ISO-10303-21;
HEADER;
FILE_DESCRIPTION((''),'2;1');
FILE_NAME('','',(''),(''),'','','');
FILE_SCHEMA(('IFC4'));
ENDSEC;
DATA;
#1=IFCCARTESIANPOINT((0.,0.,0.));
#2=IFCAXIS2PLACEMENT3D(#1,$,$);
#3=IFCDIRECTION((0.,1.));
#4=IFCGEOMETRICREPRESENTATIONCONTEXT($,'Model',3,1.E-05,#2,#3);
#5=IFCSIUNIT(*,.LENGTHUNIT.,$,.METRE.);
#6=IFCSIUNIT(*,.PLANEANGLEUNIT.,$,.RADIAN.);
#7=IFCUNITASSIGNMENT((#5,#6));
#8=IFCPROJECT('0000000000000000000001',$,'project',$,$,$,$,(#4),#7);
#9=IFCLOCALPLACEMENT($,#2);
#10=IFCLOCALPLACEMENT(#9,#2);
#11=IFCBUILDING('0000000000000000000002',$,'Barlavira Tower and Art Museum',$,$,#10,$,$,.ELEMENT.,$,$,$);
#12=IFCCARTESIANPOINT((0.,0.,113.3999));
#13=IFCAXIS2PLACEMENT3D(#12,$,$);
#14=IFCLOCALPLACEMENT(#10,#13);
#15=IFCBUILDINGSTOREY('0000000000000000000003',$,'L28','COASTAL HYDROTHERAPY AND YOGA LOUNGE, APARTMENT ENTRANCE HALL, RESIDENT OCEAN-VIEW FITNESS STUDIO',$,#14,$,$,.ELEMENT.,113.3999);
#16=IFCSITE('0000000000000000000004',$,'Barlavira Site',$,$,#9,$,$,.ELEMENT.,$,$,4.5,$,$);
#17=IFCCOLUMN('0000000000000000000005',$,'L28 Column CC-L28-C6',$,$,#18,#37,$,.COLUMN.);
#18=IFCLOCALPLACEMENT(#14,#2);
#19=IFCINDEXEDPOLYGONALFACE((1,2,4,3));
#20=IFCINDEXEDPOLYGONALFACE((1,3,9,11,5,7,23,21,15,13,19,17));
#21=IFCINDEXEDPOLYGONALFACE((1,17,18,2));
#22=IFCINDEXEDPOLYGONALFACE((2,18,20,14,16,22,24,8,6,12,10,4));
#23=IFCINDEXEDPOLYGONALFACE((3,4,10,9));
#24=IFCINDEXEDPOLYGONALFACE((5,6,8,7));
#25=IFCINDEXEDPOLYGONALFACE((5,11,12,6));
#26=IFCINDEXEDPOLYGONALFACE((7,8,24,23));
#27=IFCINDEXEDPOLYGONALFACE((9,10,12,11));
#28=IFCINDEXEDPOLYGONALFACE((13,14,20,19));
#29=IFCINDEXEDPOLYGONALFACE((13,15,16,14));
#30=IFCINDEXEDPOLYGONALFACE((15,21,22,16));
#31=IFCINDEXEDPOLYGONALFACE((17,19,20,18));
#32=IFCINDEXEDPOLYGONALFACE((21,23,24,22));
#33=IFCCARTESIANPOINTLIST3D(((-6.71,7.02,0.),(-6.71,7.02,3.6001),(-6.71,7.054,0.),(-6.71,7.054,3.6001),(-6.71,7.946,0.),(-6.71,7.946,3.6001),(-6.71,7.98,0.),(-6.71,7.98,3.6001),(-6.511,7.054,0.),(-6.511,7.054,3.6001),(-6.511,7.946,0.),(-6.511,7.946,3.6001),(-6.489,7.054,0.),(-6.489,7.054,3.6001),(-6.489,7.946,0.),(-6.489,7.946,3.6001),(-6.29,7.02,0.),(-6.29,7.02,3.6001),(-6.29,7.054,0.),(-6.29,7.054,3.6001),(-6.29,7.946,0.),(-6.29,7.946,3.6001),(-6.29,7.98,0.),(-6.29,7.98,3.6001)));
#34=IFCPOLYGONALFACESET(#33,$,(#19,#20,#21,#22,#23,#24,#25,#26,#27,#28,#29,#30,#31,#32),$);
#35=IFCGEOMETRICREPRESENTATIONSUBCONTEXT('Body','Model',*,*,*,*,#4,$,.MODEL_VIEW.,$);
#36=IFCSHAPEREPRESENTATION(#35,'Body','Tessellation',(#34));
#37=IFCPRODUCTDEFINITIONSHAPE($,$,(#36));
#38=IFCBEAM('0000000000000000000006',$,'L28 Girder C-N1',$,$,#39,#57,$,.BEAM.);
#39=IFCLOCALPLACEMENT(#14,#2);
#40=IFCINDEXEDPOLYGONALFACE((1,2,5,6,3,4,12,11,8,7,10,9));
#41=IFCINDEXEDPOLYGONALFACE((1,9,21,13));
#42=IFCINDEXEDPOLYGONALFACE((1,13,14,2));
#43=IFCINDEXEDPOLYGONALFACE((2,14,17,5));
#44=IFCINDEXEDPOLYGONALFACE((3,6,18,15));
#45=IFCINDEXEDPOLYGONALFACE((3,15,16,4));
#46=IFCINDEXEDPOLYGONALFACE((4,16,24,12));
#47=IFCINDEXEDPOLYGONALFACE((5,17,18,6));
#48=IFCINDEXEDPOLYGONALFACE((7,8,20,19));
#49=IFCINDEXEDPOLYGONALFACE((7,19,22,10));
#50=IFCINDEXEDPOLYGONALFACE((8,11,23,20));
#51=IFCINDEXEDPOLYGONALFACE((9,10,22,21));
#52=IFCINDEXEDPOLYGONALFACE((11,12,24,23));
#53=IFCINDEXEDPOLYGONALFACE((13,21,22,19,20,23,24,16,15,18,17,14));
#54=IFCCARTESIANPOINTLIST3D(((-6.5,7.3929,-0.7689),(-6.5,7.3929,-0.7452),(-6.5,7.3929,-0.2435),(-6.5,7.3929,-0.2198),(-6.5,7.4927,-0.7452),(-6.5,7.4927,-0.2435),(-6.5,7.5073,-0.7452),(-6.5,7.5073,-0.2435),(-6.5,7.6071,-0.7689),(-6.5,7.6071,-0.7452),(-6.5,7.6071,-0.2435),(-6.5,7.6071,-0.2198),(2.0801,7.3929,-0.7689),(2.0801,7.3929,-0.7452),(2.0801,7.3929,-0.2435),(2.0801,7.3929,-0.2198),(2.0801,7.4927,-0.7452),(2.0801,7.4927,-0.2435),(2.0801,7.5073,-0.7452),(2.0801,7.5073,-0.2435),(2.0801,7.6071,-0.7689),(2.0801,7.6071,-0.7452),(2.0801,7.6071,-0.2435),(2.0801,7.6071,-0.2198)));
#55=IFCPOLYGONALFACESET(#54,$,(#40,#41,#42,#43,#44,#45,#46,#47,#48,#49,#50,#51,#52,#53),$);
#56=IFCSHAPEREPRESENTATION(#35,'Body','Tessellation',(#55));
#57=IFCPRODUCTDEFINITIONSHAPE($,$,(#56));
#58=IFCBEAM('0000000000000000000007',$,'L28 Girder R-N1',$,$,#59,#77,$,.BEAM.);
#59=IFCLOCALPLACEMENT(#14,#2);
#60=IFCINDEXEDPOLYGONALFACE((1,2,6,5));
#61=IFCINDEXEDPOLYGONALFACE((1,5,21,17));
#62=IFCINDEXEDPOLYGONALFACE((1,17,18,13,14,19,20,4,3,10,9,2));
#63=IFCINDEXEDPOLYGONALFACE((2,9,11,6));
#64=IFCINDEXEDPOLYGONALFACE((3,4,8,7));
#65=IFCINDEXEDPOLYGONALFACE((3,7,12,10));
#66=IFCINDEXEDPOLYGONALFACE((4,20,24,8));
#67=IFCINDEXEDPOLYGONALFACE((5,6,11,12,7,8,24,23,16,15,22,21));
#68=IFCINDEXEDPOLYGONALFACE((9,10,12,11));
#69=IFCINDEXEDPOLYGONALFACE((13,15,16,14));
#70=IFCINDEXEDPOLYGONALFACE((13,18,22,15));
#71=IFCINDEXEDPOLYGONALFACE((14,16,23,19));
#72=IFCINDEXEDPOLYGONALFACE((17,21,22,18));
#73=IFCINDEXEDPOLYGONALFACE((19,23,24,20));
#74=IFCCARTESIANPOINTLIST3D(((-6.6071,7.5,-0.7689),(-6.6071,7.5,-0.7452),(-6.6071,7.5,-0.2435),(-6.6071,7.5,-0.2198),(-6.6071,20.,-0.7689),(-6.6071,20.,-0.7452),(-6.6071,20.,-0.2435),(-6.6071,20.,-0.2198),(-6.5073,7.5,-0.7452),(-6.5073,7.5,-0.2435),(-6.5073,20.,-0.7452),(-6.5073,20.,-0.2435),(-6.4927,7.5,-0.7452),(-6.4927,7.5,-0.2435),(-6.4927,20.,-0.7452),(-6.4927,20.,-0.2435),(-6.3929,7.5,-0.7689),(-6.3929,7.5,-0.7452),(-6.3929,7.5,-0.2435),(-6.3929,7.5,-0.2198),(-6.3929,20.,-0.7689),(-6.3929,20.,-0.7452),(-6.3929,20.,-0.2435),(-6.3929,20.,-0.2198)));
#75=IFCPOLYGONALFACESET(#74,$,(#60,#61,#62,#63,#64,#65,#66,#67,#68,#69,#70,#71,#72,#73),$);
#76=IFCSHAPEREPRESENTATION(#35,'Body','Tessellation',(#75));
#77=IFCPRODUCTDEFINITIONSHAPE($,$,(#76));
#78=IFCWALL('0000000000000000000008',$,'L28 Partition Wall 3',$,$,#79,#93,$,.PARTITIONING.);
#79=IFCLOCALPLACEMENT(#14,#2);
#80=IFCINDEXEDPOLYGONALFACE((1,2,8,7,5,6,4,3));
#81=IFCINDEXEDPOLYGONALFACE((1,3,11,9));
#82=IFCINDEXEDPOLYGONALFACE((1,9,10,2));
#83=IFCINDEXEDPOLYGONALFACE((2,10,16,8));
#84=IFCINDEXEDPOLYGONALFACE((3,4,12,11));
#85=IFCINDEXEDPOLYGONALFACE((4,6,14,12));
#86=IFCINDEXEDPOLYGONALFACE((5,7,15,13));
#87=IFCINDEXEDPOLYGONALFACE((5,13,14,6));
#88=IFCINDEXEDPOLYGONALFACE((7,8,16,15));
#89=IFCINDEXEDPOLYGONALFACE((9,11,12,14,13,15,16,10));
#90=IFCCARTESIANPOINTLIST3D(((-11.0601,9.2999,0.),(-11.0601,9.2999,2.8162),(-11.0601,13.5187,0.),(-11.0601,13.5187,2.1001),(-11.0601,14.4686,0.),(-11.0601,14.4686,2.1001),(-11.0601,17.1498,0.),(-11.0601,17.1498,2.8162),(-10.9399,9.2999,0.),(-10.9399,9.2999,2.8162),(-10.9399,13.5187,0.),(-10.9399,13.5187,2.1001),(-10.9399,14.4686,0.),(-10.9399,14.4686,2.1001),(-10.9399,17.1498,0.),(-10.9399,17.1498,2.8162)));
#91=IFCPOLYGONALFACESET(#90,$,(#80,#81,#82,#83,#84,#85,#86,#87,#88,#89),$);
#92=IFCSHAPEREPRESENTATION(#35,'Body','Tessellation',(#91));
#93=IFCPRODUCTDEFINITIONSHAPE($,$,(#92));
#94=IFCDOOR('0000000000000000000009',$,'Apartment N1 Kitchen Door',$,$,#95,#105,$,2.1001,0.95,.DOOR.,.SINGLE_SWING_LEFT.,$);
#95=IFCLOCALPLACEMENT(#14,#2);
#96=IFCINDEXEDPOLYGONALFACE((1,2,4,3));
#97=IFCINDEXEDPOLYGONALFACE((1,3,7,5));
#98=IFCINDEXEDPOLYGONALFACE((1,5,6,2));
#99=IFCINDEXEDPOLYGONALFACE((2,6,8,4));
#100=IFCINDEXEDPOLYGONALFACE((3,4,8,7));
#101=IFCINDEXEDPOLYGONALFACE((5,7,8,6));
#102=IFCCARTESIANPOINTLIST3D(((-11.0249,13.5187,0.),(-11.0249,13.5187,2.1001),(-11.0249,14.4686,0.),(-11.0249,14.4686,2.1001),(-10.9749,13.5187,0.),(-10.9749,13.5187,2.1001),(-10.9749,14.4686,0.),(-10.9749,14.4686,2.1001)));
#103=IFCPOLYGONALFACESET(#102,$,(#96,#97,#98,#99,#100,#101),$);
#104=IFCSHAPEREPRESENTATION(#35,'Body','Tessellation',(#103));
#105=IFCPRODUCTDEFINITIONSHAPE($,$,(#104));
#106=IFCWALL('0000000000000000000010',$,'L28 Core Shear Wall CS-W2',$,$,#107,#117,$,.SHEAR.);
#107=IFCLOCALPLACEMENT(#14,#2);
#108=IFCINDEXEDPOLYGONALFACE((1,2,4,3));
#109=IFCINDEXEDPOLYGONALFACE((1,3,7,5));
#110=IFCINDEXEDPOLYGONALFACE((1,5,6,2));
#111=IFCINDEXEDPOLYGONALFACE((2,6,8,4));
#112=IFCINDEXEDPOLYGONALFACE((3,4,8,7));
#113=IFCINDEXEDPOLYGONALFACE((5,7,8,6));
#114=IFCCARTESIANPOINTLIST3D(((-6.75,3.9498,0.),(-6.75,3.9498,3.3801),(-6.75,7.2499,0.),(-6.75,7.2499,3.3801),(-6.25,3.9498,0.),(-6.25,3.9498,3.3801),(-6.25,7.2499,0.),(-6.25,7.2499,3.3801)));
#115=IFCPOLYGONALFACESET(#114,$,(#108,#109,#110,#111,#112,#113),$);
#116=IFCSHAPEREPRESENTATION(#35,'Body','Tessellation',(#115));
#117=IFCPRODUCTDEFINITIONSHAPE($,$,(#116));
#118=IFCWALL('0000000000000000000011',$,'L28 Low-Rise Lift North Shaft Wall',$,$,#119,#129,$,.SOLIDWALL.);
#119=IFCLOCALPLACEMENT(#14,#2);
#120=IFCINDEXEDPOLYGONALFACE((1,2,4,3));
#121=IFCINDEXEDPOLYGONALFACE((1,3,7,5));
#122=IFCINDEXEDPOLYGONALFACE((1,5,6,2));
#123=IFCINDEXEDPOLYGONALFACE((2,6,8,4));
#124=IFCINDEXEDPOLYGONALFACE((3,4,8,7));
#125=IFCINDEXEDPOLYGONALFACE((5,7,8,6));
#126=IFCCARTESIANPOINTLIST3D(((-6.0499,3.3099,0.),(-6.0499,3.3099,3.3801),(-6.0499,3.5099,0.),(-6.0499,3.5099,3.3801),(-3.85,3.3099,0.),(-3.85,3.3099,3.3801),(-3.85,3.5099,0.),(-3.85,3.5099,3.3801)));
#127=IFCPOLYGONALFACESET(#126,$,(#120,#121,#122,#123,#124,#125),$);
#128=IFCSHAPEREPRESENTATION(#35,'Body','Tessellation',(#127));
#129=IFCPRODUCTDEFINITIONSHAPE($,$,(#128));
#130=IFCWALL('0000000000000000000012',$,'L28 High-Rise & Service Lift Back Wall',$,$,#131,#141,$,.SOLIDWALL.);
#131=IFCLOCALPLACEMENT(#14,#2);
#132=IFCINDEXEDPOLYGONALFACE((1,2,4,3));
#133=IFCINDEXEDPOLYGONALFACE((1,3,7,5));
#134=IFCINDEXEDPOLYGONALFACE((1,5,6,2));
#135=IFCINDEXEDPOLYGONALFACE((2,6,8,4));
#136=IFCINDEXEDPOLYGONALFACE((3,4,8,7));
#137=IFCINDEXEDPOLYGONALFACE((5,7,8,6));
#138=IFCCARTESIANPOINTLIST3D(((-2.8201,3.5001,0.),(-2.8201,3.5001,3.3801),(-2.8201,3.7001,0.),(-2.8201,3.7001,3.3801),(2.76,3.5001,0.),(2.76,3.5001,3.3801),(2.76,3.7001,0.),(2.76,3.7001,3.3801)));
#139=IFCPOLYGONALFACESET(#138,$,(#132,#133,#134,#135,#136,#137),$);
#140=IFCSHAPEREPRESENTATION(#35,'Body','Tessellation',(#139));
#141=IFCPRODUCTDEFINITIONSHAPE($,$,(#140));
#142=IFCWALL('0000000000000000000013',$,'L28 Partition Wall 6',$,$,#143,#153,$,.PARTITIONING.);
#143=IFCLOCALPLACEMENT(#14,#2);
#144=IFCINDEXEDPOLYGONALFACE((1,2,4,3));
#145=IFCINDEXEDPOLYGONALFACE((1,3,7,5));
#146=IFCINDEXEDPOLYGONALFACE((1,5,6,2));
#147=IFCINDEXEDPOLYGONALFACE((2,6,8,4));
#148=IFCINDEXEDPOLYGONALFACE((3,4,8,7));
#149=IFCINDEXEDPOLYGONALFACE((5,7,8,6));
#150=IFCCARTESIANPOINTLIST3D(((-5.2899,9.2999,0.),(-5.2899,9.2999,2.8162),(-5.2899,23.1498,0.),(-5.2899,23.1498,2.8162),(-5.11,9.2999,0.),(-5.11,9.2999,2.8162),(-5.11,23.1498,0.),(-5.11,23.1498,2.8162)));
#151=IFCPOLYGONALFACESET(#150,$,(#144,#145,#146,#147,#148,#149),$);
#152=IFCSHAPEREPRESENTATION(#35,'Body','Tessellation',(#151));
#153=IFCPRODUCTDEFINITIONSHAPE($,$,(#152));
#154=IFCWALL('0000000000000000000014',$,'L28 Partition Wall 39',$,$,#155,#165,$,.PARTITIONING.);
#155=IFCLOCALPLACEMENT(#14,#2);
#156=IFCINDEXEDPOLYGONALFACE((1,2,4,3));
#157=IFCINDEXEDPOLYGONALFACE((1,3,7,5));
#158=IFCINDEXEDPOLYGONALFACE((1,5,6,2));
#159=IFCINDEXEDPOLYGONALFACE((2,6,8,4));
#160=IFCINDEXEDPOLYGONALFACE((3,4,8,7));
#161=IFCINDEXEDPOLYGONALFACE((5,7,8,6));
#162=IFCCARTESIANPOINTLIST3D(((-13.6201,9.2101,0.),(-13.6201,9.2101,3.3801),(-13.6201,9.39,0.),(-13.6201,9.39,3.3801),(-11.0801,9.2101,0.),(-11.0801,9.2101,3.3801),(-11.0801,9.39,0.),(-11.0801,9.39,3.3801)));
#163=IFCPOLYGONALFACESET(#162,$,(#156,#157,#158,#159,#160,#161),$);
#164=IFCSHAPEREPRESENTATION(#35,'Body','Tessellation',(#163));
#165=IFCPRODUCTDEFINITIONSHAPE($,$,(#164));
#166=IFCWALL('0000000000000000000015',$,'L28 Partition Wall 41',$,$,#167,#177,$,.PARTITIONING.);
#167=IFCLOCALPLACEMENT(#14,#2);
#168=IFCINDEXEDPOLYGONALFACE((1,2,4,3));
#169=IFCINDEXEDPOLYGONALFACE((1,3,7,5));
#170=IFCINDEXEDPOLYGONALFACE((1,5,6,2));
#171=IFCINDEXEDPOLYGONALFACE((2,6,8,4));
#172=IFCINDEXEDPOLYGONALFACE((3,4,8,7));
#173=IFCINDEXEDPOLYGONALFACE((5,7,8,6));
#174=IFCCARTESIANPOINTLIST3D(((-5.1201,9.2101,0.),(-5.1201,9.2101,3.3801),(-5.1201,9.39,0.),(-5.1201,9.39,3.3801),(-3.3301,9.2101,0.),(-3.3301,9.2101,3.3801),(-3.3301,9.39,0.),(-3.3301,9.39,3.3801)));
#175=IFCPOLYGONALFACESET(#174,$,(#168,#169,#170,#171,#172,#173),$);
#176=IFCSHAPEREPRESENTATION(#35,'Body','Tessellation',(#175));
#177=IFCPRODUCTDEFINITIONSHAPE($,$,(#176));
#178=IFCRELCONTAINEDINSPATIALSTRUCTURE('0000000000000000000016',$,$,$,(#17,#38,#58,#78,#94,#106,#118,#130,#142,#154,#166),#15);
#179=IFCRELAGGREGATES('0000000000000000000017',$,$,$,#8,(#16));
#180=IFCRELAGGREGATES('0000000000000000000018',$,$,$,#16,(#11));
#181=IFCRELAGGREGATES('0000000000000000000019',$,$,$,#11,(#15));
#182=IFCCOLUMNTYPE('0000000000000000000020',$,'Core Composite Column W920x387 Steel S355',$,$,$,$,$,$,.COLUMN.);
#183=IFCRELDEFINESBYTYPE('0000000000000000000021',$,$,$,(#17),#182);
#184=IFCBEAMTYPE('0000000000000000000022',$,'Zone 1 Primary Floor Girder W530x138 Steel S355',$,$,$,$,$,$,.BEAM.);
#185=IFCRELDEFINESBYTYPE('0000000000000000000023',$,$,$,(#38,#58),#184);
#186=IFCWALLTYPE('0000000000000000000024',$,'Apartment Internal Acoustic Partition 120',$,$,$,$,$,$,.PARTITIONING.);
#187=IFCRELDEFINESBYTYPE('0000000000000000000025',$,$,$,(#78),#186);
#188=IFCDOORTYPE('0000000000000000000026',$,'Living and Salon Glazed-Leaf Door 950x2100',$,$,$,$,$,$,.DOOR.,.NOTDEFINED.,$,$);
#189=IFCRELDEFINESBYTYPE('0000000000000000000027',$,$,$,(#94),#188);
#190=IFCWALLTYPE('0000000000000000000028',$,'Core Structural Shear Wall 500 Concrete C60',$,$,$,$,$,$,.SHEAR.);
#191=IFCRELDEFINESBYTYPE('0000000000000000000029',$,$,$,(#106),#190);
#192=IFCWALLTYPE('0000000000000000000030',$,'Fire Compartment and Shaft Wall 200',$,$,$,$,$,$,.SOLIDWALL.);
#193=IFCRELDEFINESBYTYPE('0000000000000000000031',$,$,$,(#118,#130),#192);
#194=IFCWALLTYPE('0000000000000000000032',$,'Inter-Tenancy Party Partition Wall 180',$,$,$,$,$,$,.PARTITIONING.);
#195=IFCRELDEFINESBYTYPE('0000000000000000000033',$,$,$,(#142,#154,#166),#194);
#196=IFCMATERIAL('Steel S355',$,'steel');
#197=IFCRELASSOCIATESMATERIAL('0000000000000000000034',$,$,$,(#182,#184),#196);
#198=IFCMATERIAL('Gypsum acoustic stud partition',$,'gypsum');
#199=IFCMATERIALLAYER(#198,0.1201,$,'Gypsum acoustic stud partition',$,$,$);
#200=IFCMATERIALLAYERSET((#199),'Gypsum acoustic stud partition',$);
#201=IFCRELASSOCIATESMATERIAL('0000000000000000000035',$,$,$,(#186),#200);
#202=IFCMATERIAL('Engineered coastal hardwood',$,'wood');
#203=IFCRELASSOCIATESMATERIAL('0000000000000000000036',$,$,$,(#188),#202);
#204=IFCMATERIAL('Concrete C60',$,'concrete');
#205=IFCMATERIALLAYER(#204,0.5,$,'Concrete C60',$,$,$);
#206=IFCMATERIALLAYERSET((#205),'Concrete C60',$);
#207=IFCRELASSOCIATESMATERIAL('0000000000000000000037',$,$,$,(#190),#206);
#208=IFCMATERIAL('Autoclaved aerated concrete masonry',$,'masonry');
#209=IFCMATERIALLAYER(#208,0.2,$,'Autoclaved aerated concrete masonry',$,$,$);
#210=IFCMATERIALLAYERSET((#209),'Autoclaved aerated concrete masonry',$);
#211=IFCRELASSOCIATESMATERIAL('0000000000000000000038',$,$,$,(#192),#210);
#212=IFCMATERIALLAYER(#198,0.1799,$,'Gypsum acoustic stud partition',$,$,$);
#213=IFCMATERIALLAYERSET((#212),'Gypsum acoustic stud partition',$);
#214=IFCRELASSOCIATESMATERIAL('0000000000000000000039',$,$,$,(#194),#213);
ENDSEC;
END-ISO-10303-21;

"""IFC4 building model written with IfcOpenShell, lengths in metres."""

from ifc_helpers import new_model, si_unit, direction, frame, frame_2d, origin, origin_2d, place, context, subcontext, project, spatial, rectangle, i_section, extrude, material, layer, layer_set, material_profile, profile_set, type_object, element, fill, save


model = new_model("IFC4")

# Units and contexts
model_context = context("Model", 3, precision=1e-05, world=origin(), true_north=direction((0.0, 1.0)))
body_context = subcontext(model_context, "Body", "Model", "MODEL_VIEW")
ifc_project = project(units=[si_unit("LENGTHUNIT", "METRE"), si_unit("PLANEANGLEUNIT", "RADIAN")], contexts=[model_context])

# Site, building, storey
site_placement = place(None, origin())
site = spatial("IfcSite", under=ifc_project, at=site_placement, Name="Barlavira Site", CompositionType="ELEMENT", RefElevation=4.5)
building_placement = place(site_placement, origin())
building = spatial("IfcBuilding", under=site, at=building_placement, Name="Barlavira Tower and Art Museum", CompositionType="ELEMENT")
storey_placement = place(building_placement, frame((0.0, 0.0, 113.3999)))
storey = spatial("IfcBuildingStorey", under=building, at=storey_placement, Name="L28", Description="COASTAL HYDROTHERAPY AND YOGA LOUNGE, APARTMENT ENTRANCE HALL, RESIDENT OCEAN-VIEW FITNESS STUDIO", CompositionType="ELEMENT", Elevation=113.3999)

# Column
ifc_material_1 = material(Name="Steel S355", Category="steel")
ifc_material_profile_1 = material_profile(ifc_material_1, i_section(OverallWidth=0.4199, OverallDepth=0.96, WebThickness=0.022, FlangeThickness=0.0339, at=origin_2d()), Name="W920x387.0")
ifc_profile_set_1 = profile_set([ifc_material_profile_1], Name="Steel S355")
column_type = type_object("IfcColumnType", Name="Core Composite Column W920x387 Steel S355", PredefinedType="COLUMN", material=ifc_profile_set_1)
column_placement = place(storey_placement, frame((-6.5, 7.5, 0.0), z_axis=(0.0, 0.0, 1.0), x_axis=(1.0, 0.0, 0.0)))
element("IfcColumn", 1, at=column_placement, inside=storey, type_object=column_type, Name="L28 Column CC-L28-C6", PredefinedType="COLUMN", context=body_context, shape_type="SweptSolid", body=[
    extrude(i_section(OverallWidth=0.4199, OverallDepth=0.96, WebThickness=0.022, FlangeThickness=0.0339, at=origin_2d()), origin(), (0.0, 0.0, 1.0), 3.6001),
])

# Beams
ifc_material_profile_2 = material_profile(ifc_material_1, i_section(OverallWidth=0.2141, OverallDepth=0.5491, WebThickness=0.0146, FlangeThickness=0.0237, at=origin_2d()), Name="W530x138.0")
ifc_profile_set_2 = profile_set([ifc_material_profile_2], Name="Steel S355")
beam_type = type_object("IfcBeamType", Name="Zone 1 Primary Floor Girder W530x138 Steel S355", PredefinedType="BEAM", material=ifc_profile_set_2)
beam_1_placement = place(storey_placement, frame((-6.5, 7.5, -0.4944), z_axis=(1.0, 0.0, 0.0), x_axis=(0.0, 1.0, 0.0)))
element("IfcBeam", 2, at=beam_1_placement, inside=storey, type_object=beam_type, Name="L28 Girder C-N1", PredefinedType="BEAM", context=body_context, shape_type="SweptSolid", body=[
    extrude(i_section(OverallWidth=0.2141, OverallDepth=0.5491, WebThickness=0.0146, FlangeThickness=0.0237, at=origin_2d()), origin(), (0.0, 0.0, 1.0), 8.5801),
])
beam_2_placement = place(storey_placement, frame((-6.5, 7.5, -0.4944), z_axis=(0.0, 1.0, 0.0), x_axis=(-1.0, 0.0, 0.0)))
element("IfcBeam", 3, at=beam_2_placement, inside=storey, type_object=beam_type, Name="L28 Girder R-N1", PredefinedType="BEAM", context=body_context, shape_type="SweptSolid", body=[
    extrude(i_section(OverallWidth=0.2141, OverallDepth=0.5491, WebThickness=0.0146, FlangeThickness=0.0237, at=origin_2d()), origin(), (0.0, 0.0, 1.0), 12.5),
])

# Wall, opening, door
ifc_material_2 = material(Name="Gypsum acoustic stud partition", Category="gypsum")
ifc_layer_1 = layer(ifc_material_2, 0.1201, Name="Gypsum acoustic stud partition")
ifc_layer_set_1 = layer_set([ifc_layer_1], Name="Gypsum acoustic stud partition")
wall_type_1 = type_object("IfcWallType", Name="Apartment Internal Acoustic Partition 120", PredefinedType="PARTITIONING", material=ifc_layer_set_1)
wall_1_placement = place(storey_placement, frame((-11.0, 9.3, 0.0), z_axis=(0.0, 0.0, 1.0), x_axis=(0.0, 1.0, 0.0)))
wall_1 = element("IfcWall", 4, at=wall_1_placement, inside=storey, type_object=wall_type_1, Name="L28 Partition Wall 3", PredefinedType="PARTITIONING", context=body_context, shape_type="SweptSolid", body=[
    extrude(rectangle(XDim=7.8499, YDim=0.1201, at=frame_2d((3.9248, 0.0))), origin(), (0.0, 0.0, 1.0), 2.8162),
])
opening_1_placement = place(wall_1_placement, frame((4.2185, 0.0, 0.0)))
opening_1 = element("IfcOpeningElement", 5, at=opening_1_placement, cuts=wall_1, PredefinedType="OPENING", context=body_context, shape_type="SweptSolid", body=[
    extrude(rectangle(XDim=0.95, YDim=2.1001, at=frame_2d((0.4751, 1.05))), frame((0.0, 0.0701, 0.0), z_axis=(0.0, -1.0, 0.0), x_axis=(1.0, 0.0, 0.0)), (0.0, 0.0, 1.0), 0.1401),
])
ifc_material_3 = material(Name="Engineered coastal hardwood", Category="wood")
door_type_1 = type_object("IfcDoorType", Name="Living and Salon Glazed-Leaf Door 950x2100", OperationType="NOTDEFINED", PredefinedType="DOOR", material=ifc_material_3)
door_1_placement = place(opening_1_placement, origin())
door_1 = element("IfcDoor", 6, at=door_1_placement, inside=storey, type_object=door_type_1, Name="Apartment N1 Kitchen Door", OperationType="SINGLE_SWING_LEFT", OverallHeight=2.1001, OverallWidth=0.95, PredefinedType="DOOR", context=body_context, shape_type="SweptSolid", body=[
    extrude(rectangle(XDim=0.95, YDim=2.1001, at=frame_2d((0.4751, 1.05))), frame((0.0, 0.0249, 0.0), z_axis=(0.0, -1.0, 0.0), x_axis=(1.0, 0.0, 0.0)), (0.0, 0.0, 1.0), 0.05),
])
fill(opening_1, door_1)
ifc_material_4 = material(Name="Concrete C60", Category="concrete")
ifc_layer_2 = layer(ifc_material_4, 0.5, Name="Concrete C60")
ifc_layer_set_2 = layer_set([ifc_layer_2], Name="Concrete C60")
wall_type_2 = type_object("IfcWallType", Name="Core Structural Shear Wall 500 Concrete C60", PredefinedType="SHEAR", material=ifc_layer_set_2)

# Walls
wall_2_placement = place(storey_placement, frame((-6.5, 3.95, 0.0), z_axis=(0.0, 0.0, 1.0), x_axis=(0.0, 1.0, 0.0)))
element("IfcWall", 7, at=wall_2_placement, inside=storey, type_object=wall_type_2, Name="L28 Core Shear Wall CS-W2", PredefinedType="SHEAR", context=body_context, shape_type="SweptSolid", body=[
    extrude(rectangle(XDim=3.3, YDim=0.5, at=frame_2d((1.6499, 0.0))), origin(), (0.0, 0.0, 1.0), 3.3801),
])
ifc_material_5 = material(Name="Autoclaved aerated concrete masonry", Category="masonry")
ifc_layer_3 = layer(ifc_material_5, 0.2, Name="Autoclaved aerated concrete masonry")
ifc_layer_set_3 = layer_set([ifc_layer_3], Name="Autoclaved aerated concrete masonry")
wall_type_3 = type_object("IfcWallType", Name="Fire Compartment and Shaft Wall 200", PredefinedType="SOLIDWALL", material=ifc_layer_set_3)
wall_3_placement = place(storey_placement, frame((-6.05, 3.4099, 0.0), z_axis=(0.0, 0.0, 1.0), x_axis=(1.0, 0.0, 0.0)))
element("IfcWall", 8, at=wall_3_placement, inside=storey, type_object=wall_type_3, Name="L28 Low-Rise Lift North Shaft Wall", PredefinedType="SOLIDWALL", context=body_context, shape_type="SweptSolid", body=[
    extrude(rectangle(XDim=2.2, YDim=0.2, at=frame_2d((1.1001, 0.0))), origin(), (0.0, 0.0, 1.0), 3.3801),
])
wall_4_placement = place(storey_placement, frame((-2.8201, 3.6001, 0.0), z_axis=(0.0, 0.0, 1.0), x_axis=(1.0, 0.0, 0.0)))
element("IfcWall", 9, at=wall_4_placement, inside=storey, type_object=wall_type_3, Name="L28 High-Rise & Service Lift Back Wall", PredefinedType="SOLIDWALL", context=body_context, shape_type="SweptSolid", body=[
    extrude(rectangle(XDim=5.5801, YDim=0.2, at=frame_2d((2.79, 0.0))), origin(), (0.0, 0.0, 1.0), 3.3801),
])
ifc_layer_4 = layer(ifc_material_2, 0.1799, Name="Gypsum acoustic stud partition")
ifc_layer_set_4 = layer_set([ifc_layer_4], Name="Gypsum acoustic stud partition")
wall_type_4 = type_object("IfcWallType", Name="Inter-Tenancy Party Partition Wall 180", PredefinedType="PARTITIONING", material=ifc_layer_set_4)
wall_5_placement = place(storey_placement, frame((-5.2, 9.3, 0.0), z_axis=(0.0, 0.0, 1.0), x_axis=(0.0, 1.0, 0.0)))
element("IfcWall", 10, at=wall_5_placement, inside=storey, type_object=wall_type_4, Name="L28 Partition Wall 6", PredefinedType="PARTITIONING", context=body_context, shape_type="SweptSolid", body=[
    extrude(rectangle(XDim=13.8499, YDim=0.1799, at=frame_2d((6.9248, 0.0))), origin(), (0.0, 0.0, 1.0), 2.8162),
])
wall_6_placement = place(storey_placement, frame((-13.6201, 9.3, 0.0), z_axis=(0.0, 0.0, 1.0), x_axis=(1.0, 0.0, 0.0)))
element("IfcWall", 11, at=wall_6_placement, inside=storey, type_object=wall_type_4, Name="L28 Partition Wall 39", PredefinedType="PARTITIONING", context=body_context, shape_type="SweptSolid", body=[
    extrude(rectangle(XDim=2.54, YDim=0.1799, at=frame_2d((1.27, 0.0))), origin(), (0.0, 0.0, 1.0), 3.3801),
])

# Wall
wall_7_placement = place(storey_placement, frame((-5.1201, 9.3, 0.0), z_axis=(0.0, 0.0, 1.0), x_axis=(1.0, 0.0, 0.0)))
element("IfcWall", 12, at=wall_7_placement, inside=storey, type_object=wall_type_4, Name="L28 Partition Wall 41", PredefinedType="PARTITIONING", context=body_context, shape_type="SweptSolid", body=[
    extrude(rectangle(XDim=1.79, YDim=0.1799, at=frame_2d((0.895, 0.0))), origin(), (0.0, 0.0, 1.0), 3.3801),
])

save(model, "model.ifc")
